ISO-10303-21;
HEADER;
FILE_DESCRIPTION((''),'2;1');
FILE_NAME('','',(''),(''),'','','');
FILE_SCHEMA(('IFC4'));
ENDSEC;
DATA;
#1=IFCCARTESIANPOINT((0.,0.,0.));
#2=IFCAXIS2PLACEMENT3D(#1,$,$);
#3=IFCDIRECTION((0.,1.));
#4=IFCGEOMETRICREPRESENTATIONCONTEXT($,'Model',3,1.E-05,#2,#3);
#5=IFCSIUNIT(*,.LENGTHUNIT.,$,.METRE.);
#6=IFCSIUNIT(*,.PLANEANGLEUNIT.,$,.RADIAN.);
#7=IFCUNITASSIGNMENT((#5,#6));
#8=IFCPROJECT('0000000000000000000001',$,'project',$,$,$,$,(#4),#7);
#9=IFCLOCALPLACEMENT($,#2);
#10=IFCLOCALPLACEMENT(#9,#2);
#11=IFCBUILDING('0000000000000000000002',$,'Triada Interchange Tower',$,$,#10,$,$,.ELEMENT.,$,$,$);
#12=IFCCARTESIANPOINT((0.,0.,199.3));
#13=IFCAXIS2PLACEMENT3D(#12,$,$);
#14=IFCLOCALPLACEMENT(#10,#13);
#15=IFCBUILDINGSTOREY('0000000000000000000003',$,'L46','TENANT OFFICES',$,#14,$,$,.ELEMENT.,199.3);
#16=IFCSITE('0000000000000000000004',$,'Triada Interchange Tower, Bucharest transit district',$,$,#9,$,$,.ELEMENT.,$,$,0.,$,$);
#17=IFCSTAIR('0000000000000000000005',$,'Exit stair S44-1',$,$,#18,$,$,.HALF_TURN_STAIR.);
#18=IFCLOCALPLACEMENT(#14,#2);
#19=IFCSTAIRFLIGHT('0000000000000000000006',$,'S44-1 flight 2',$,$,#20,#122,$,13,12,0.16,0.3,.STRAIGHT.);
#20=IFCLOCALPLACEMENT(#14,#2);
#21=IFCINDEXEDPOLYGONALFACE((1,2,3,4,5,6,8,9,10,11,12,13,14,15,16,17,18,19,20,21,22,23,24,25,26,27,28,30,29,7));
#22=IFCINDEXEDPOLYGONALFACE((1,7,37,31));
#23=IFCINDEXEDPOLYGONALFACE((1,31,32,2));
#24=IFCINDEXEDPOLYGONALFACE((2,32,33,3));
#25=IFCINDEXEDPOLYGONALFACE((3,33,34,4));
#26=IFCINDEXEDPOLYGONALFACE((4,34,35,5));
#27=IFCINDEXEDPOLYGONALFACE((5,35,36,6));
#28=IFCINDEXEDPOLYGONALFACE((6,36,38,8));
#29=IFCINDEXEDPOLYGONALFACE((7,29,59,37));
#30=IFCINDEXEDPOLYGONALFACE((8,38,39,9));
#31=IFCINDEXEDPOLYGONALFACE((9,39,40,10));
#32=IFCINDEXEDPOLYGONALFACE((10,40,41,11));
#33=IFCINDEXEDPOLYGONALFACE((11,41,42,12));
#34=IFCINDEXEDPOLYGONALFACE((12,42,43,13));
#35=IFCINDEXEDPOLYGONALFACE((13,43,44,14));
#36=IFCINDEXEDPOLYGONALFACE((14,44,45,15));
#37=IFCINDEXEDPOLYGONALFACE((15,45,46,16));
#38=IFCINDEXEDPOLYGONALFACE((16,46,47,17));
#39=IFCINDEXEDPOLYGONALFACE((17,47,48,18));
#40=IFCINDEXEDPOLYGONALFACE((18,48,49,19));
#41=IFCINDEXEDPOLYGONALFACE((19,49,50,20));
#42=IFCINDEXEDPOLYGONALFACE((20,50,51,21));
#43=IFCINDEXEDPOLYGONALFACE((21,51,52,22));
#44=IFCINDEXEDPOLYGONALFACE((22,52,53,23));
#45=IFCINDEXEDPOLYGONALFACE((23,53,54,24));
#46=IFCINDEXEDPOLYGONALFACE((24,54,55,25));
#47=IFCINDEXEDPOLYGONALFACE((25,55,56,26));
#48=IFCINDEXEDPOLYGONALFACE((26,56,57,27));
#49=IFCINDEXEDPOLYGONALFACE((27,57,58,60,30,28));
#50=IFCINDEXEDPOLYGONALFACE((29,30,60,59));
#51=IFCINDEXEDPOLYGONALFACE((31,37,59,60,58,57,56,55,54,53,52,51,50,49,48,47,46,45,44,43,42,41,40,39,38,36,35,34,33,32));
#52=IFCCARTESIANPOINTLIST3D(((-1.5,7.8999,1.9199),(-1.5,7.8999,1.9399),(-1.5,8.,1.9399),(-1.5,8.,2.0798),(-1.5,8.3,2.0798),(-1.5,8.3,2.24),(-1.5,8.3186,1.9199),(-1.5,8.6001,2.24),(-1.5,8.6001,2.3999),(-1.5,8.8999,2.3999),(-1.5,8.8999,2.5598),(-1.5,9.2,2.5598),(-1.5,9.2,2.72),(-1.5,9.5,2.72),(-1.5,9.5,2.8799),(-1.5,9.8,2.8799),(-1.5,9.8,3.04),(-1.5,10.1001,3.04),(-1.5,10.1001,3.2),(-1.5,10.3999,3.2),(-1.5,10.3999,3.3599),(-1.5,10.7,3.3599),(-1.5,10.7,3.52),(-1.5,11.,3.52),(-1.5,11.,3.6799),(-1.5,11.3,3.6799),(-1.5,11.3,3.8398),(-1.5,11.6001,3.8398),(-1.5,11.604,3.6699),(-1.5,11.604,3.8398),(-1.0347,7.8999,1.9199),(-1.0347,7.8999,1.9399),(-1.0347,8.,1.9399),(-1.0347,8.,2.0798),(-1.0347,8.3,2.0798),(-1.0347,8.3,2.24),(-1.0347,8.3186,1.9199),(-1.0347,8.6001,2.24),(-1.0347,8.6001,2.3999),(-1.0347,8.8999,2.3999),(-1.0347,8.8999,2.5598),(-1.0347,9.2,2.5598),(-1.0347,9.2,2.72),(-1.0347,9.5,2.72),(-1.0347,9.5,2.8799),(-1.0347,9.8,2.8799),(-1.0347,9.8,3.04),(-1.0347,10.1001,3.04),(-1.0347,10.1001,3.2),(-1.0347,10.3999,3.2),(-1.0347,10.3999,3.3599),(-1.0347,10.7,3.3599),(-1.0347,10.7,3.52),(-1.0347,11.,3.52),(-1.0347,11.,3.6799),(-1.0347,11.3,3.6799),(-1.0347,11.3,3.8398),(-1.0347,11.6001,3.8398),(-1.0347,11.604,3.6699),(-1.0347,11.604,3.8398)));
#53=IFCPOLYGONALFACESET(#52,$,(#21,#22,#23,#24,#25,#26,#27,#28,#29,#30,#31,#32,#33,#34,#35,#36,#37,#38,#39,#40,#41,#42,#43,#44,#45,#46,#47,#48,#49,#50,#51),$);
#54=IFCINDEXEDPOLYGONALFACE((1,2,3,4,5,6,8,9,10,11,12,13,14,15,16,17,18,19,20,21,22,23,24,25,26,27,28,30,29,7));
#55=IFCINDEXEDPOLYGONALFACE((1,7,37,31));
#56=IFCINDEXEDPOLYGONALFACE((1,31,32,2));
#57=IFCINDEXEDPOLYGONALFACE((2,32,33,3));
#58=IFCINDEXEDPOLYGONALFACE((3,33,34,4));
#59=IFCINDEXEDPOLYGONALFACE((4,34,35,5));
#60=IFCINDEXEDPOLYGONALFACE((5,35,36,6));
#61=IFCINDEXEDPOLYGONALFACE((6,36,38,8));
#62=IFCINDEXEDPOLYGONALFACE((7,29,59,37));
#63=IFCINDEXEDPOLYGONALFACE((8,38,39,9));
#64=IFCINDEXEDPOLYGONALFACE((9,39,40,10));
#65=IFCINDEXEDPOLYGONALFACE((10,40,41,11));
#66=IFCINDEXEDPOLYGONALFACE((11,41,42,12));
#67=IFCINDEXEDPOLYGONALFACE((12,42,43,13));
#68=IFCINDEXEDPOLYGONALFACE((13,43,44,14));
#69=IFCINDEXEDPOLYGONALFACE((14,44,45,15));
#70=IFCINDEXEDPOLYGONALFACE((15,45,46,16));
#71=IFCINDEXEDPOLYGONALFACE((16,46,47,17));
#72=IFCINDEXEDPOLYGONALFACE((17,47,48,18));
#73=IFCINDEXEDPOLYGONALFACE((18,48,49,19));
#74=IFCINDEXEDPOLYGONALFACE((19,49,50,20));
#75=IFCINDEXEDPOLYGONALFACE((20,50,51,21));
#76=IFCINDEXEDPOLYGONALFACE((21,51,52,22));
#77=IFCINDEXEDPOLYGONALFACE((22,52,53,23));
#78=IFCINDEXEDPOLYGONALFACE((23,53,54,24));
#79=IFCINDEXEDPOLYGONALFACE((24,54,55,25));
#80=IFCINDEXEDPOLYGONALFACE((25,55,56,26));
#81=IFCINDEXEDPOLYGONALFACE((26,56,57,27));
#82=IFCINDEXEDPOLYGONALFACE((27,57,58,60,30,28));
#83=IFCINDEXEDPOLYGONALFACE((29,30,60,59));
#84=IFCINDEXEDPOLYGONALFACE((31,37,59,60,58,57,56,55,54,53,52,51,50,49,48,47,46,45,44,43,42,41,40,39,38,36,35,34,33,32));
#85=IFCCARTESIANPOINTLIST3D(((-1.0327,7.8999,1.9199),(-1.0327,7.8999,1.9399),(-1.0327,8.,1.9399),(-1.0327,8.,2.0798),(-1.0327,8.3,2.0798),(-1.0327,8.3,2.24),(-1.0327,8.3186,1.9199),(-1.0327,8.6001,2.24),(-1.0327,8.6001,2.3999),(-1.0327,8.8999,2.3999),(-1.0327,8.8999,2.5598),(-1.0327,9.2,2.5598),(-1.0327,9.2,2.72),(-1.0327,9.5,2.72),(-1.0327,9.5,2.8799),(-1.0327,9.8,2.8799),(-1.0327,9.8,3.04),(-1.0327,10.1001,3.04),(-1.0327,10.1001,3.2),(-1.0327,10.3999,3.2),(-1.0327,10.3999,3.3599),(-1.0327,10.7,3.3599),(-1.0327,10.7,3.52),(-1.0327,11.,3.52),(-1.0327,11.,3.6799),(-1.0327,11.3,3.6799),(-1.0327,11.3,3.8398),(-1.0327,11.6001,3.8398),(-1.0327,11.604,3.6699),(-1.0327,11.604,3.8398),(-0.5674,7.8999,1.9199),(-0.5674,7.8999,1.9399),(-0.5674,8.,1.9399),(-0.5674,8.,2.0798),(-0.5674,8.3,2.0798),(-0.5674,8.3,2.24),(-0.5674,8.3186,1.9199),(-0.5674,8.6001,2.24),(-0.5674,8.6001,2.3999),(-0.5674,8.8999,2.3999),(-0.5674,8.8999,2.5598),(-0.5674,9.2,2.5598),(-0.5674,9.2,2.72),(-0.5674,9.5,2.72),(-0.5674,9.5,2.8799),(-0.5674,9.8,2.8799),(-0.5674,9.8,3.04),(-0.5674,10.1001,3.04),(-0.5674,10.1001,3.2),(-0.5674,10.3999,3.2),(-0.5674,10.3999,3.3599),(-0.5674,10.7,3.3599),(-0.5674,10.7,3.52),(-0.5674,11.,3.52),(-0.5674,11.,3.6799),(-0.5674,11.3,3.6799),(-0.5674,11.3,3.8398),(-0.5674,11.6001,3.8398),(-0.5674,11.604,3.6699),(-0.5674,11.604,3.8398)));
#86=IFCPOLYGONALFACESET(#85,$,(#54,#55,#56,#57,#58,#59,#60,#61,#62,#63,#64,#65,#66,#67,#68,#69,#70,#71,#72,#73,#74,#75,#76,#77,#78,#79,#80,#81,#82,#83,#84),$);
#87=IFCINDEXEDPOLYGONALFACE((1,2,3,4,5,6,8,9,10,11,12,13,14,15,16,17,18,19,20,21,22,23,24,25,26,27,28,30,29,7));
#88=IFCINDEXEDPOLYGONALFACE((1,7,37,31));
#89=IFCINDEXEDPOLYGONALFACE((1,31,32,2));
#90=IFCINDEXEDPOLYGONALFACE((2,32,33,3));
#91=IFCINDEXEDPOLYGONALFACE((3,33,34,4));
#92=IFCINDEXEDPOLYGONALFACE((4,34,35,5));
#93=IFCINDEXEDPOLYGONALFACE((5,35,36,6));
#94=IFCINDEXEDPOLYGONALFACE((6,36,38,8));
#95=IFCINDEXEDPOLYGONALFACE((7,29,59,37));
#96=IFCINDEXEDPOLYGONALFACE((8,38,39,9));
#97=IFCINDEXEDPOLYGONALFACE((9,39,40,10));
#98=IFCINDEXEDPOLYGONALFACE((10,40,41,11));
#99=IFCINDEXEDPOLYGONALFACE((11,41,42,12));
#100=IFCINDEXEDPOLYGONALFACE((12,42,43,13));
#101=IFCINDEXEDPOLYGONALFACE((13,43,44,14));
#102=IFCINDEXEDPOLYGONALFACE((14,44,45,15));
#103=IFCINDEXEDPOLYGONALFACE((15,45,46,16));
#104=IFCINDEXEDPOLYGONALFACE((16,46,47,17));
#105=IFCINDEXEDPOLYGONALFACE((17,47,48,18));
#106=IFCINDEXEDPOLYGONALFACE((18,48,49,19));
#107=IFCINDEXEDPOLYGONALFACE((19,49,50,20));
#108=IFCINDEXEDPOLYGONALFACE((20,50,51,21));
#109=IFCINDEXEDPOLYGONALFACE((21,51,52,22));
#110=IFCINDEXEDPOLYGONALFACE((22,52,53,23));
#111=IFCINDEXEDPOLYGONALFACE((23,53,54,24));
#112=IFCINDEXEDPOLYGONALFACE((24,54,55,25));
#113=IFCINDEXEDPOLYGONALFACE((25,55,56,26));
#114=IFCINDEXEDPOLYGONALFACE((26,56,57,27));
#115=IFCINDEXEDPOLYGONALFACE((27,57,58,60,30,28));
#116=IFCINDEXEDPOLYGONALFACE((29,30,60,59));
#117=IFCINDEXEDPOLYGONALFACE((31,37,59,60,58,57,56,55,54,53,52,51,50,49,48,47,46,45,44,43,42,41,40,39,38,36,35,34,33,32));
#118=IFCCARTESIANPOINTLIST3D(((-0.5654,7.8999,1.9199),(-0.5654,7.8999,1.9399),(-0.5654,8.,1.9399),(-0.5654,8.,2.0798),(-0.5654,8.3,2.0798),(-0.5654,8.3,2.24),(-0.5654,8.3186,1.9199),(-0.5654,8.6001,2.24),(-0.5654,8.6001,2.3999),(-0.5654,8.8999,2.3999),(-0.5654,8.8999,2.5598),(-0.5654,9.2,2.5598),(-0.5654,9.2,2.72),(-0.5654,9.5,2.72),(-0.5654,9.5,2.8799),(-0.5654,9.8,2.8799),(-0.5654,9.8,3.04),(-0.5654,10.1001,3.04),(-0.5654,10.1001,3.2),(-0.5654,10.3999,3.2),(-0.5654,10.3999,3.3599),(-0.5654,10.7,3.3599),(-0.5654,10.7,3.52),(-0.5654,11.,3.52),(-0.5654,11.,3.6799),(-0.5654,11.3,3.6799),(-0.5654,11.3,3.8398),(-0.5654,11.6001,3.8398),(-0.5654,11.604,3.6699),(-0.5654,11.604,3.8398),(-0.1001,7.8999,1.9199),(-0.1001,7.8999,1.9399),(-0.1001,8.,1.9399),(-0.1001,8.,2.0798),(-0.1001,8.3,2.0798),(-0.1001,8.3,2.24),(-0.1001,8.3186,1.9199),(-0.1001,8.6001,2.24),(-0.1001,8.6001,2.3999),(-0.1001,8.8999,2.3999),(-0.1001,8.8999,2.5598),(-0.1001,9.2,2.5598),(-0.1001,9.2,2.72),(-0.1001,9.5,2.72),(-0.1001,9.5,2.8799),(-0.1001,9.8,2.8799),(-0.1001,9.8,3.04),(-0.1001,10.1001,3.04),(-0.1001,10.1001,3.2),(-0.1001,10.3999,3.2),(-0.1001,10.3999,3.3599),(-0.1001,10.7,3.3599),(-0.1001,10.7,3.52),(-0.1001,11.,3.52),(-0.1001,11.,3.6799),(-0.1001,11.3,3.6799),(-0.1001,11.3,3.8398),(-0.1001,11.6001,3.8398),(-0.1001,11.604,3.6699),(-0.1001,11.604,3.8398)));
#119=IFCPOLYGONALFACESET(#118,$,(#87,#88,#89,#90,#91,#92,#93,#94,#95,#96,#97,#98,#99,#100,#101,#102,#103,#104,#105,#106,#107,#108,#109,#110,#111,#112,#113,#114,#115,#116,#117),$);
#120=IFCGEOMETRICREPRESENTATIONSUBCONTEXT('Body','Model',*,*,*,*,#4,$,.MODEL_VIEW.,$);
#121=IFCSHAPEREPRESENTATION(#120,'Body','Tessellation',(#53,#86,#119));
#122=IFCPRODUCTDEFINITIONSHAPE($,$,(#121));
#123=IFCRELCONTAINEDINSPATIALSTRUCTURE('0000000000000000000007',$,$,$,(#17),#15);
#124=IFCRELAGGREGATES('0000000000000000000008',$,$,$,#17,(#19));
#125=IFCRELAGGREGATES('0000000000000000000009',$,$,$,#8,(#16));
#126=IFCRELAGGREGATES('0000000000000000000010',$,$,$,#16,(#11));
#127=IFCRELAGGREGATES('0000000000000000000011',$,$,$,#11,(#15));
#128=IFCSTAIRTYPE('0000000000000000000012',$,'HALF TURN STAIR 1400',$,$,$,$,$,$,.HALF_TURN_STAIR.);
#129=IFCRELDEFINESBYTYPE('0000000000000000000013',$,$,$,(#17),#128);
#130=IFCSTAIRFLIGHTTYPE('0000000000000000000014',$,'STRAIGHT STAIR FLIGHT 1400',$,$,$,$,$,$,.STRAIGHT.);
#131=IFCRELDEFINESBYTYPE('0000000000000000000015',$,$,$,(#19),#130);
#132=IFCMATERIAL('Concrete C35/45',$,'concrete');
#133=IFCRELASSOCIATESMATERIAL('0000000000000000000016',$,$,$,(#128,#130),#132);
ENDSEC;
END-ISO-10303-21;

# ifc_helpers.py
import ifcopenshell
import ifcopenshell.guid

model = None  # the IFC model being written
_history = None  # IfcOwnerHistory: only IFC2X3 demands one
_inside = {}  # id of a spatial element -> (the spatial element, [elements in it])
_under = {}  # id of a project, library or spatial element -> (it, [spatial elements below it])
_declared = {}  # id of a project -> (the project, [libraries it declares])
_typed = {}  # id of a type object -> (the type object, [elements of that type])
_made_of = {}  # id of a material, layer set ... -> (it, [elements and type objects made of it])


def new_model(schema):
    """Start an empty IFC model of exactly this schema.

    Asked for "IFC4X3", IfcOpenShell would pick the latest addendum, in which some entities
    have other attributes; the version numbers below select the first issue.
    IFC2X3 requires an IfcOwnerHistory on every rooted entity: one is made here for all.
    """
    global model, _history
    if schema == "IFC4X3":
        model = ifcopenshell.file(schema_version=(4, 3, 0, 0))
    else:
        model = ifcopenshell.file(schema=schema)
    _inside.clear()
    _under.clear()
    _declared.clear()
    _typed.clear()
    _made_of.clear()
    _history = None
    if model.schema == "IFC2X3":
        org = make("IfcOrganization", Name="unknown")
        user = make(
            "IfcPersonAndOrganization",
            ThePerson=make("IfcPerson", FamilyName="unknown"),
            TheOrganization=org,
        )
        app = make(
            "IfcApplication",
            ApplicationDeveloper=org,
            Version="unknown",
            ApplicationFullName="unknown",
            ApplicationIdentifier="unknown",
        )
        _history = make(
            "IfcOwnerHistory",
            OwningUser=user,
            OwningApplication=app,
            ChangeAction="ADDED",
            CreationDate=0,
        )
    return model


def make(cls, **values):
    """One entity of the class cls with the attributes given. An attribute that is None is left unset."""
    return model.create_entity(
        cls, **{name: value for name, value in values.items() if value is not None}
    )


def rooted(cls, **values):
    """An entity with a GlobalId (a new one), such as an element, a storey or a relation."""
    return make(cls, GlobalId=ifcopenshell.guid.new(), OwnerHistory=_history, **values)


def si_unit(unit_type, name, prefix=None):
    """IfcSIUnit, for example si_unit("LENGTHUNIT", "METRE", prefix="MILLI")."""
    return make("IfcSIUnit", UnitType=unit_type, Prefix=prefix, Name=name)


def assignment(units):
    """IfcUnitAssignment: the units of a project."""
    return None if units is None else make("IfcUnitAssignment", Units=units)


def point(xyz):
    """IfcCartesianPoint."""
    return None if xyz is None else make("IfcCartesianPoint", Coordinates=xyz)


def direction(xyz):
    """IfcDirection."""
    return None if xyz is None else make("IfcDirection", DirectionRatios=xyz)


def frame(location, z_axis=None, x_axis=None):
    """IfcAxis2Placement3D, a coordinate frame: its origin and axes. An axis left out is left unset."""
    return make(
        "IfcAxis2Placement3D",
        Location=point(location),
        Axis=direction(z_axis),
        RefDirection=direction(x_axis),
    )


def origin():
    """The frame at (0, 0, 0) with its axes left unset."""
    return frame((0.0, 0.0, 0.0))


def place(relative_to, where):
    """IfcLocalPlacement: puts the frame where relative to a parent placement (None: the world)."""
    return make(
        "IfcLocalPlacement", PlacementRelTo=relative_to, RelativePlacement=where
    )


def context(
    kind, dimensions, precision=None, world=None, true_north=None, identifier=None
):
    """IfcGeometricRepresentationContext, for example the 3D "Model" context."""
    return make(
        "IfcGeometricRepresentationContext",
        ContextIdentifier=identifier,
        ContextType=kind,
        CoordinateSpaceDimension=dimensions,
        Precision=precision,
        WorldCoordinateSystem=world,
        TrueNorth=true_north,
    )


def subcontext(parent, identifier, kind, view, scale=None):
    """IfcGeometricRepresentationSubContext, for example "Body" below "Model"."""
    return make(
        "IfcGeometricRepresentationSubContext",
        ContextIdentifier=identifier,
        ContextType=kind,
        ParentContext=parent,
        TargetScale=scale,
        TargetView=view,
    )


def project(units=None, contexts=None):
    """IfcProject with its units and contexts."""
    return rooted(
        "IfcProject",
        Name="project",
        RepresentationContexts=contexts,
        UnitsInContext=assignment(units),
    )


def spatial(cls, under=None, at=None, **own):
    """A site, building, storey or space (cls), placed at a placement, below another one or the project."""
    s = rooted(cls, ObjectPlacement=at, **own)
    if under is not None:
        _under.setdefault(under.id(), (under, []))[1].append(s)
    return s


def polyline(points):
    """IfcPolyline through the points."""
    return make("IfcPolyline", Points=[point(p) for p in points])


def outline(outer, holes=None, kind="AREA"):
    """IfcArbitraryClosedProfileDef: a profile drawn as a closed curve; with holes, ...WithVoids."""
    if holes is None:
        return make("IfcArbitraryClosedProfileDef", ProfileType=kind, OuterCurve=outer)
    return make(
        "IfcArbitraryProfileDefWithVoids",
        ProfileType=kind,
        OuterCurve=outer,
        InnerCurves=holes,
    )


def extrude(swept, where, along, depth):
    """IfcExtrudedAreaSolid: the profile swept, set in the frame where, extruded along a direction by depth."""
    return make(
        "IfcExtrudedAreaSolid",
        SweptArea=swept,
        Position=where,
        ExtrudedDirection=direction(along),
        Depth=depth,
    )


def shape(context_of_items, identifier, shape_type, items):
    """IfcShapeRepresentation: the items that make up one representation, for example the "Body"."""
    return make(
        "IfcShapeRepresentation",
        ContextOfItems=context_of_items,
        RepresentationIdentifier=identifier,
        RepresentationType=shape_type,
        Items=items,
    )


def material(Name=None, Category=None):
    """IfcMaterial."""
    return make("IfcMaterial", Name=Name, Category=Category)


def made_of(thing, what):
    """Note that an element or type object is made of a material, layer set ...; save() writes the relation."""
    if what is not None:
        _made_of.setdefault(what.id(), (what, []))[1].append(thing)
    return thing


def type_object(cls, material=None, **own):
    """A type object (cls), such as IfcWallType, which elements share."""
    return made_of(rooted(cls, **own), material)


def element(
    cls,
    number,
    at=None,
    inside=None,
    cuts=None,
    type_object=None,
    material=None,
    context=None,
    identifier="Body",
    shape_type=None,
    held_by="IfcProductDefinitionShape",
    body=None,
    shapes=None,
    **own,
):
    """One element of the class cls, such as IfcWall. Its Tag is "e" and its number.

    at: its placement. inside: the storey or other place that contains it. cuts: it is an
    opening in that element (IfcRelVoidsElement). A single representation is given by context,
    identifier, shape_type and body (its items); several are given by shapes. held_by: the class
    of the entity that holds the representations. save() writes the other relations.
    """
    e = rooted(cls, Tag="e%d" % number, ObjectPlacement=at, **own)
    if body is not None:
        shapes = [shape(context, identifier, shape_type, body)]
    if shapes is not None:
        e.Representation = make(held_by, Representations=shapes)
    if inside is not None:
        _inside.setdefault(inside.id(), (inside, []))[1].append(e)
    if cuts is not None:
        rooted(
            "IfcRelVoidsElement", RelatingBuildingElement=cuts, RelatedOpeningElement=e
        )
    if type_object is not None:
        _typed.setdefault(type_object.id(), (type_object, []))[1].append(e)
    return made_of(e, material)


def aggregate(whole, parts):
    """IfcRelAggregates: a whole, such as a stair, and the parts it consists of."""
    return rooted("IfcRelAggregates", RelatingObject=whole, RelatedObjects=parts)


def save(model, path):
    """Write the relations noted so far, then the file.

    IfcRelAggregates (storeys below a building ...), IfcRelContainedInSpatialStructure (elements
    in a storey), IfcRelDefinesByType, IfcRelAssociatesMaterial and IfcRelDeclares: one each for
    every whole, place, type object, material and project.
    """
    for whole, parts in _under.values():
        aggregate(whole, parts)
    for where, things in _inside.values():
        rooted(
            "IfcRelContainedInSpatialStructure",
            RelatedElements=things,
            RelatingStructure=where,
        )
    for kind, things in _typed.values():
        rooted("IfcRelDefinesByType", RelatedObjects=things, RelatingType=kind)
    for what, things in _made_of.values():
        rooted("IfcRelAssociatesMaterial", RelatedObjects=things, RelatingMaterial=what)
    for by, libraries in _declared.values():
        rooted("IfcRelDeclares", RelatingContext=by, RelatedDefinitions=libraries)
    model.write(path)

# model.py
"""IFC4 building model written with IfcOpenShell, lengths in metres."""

from ifc_helpers import new_model, si_unit, direction, frame, origin, place, context, subcontext, project, spatial, polyline, outline, extrude, material, type_object, element, aggregate, save


model = new_model("IFC4")

# Units and contexts
model_context = context("Model", 3, precision=1e-05, world=origin(), true_north=direction((0.0, 1.0)))
body_context = subcontext(model_context, "Body", "Model", "MODEL_VIEW")
ifc_project = project(units=[si_unit("LENGTHUNIT", "METRE"), si_unit("PLANEANGLEUNIT", "RADIAN")], contexts=[model_context])

# Site, building, storey
site_placement = place(None, origin())
site = spatial("IfcSite", under=ifc_project, at=site_placement, Name="Triada Interchange Tower, Bucharest transit district", CompositionType="ELEMENT", RefElevation=0.0)
building_placement = place(site_placement, origin())
building = spatial("IfcBuilding", under=site, at=building_placement, Name="Triada Interchange Tower", CompositionType="ELEMENT")
storey_placement = place(building_placement, frame((0.0, 0.0, 199.3)))
storey = spatial("IfcBuildingStorey", under=building, at=storey_placement, Name="L46", Description="TENANT OFFICES", CompositionType="ELEMENT", Elevation=199.3)

# Stair, stair flight
ifc_material_1 = material(Name="Concrete C35/45", Category="concrete")
stair_type = type_object("IfcStairType", Name="HALF TURN STAIR 1400", PredefinedType="HALF_TURN_STAIR", material=ifc_material_1)
stair_placement = place(storey_placement, origin())
stair = element("IfcStair", 1, at=stair_placement, inside=storey, type_object=stair_type, Name="Exit stair S44-1", PredefinedType="HALF_TURN_STAIR")
stair_flight_type = type_object("IfcStairFlightType", Name="STRAIGHT STAIR FLIGHT 1400", PredefinedType="STRAIGHT", material=ifc_material_1)
stair_flight_placement = place(storey_placement, frame((-0.8, 8.0, 1.9199), z_axis=(0.0, 0.0, 1.0), x_axis=(0.0, 1.0, 0.0)))
stair_flight = element("IfcStairFlight", 2, at=stair_flight_placement, type_object=stair_flight_type, Name="S44-1 flight 2", NumberOfRisers=13, NumberOfTreads=12, PredefinedType="STRAIGHT", RiserHeight=0.16, TreadLength=0.3, context=body_context, shape_type="SweptSolid", body=[
    extrude(outline(polyline([(-0.1001, 0.0), (-0.1001, 0.02), (0.0, 0.02), (0.0, 0.1599), (0.3, 0.1599), (0.3, 0.3201), (0.6001, 0.3201), (0.6001, 0.48), (0.8999, 0.48), (0.8999, 0.6399), (1.2, 0.6399), (1.2, 0.8), (1.5, 0.8), (1.5, 0.96), (1.8, 0.96), (1.8, 1.1201), (2.1001, 1.1201), (2.1001, 1.28), (2.3999, 1.28), (2.3999, 1.4399), (2.7, 1.4399), (2.7, 1.6001), (3.0, 1.6001), (3.0, 1.76), (3.3, 1.76), (3.3, 1.9199), (3.6001, 1.9199), (3.604, 1.9199), (3.604, 2.0801), (3.604, 1.75), (0.3186, 0.0), (-0.1001, 0.0)])), frame((0.0, 0.7, 0.0), z_axis=(0.0, -1.0, 0.0), x_axis=(1.0, 0.0, 0.0)), (0.0, 0.0, 1.0), 0.4653),
    extrude(outline(polyline([(-0.1001, 0.0), (-0.1001, 0.02), (0.0, 0.02), (0.0, 0.1599), (0.3, 0.1599), (0.3, 0.3201), (0.6001, 0.3201), (0.6001, 0.48), (0.8999, 0.48), (0.8999, 0.6399), (1.2, 0.6399), (1.2, 0.8), (1.5, 0.8), (1.5, 0.96), (1.8, 0.96), (1.8, 1.1201), (2.1001, 1.1201), (2.1001, 1.28), (2.3999, 1.28), (2.3999, 1.4399), (2.7, 1.4399), (2.7, 1.6001), (3.0, 1.6001), (3.0, 1.76), (3.3, 1.76), (3.3, 1.9199), (3.6001, 1.9199), (3.604, 1.9199), (3.604, 2.0801), (3.604, 1.75), (0.3186, 0.0), (-0.1001, 0.0)])), frame((0.0, 0.2327, 0.0), z_axis=(0.0, -1.0, 0.0), x_axis=(1.0, 0.0, 0.0)), (0.0, 0.0, 1.0), 0.4653),
    extrude(outline(polyline([(-0.1001, 0.0), (-0.1001, 0.02), (0.0, 0.02), (0.0, 0.1599), (0.3, 0.1599), (0.3, 0.3201), (0.6001, 0.3201), (0.6001, 0.48), (0.8999, 0.48), (0.8999, 0.6399), (1.2, 0.6399), (1.2, 0.8), (1.5, 0.8), (1.5, 0.96), (1.8, 0.96), (1.8, 1.1201), (2.1001, 1.1201), (2.1001, 1.28), (2.3999, 1.28), (2.3999, 1.4399), (2.7, 1.4399), (2.7, 1.6001), (3.0, 1.6001), (3.0, 1.76), (3.3, 1.76), (3.3, 1.9199), (3.6001, 1.9199), (3.604, 1.9199), (3.604, 2.0801), (3.604, 1.75), (0.3186, 0.0), (-0.1001, 0.0)])), frame((0.0, -0.2346, 0.0), z_axis=(0.0, -1.0, 0.0), x_axis=(1.0, 0.0, 0.0)), (0.0, 0.0, 1.0), 0.4653),
])
aggregate(stair, [stair_flight])

save(model, "model.ifc")
